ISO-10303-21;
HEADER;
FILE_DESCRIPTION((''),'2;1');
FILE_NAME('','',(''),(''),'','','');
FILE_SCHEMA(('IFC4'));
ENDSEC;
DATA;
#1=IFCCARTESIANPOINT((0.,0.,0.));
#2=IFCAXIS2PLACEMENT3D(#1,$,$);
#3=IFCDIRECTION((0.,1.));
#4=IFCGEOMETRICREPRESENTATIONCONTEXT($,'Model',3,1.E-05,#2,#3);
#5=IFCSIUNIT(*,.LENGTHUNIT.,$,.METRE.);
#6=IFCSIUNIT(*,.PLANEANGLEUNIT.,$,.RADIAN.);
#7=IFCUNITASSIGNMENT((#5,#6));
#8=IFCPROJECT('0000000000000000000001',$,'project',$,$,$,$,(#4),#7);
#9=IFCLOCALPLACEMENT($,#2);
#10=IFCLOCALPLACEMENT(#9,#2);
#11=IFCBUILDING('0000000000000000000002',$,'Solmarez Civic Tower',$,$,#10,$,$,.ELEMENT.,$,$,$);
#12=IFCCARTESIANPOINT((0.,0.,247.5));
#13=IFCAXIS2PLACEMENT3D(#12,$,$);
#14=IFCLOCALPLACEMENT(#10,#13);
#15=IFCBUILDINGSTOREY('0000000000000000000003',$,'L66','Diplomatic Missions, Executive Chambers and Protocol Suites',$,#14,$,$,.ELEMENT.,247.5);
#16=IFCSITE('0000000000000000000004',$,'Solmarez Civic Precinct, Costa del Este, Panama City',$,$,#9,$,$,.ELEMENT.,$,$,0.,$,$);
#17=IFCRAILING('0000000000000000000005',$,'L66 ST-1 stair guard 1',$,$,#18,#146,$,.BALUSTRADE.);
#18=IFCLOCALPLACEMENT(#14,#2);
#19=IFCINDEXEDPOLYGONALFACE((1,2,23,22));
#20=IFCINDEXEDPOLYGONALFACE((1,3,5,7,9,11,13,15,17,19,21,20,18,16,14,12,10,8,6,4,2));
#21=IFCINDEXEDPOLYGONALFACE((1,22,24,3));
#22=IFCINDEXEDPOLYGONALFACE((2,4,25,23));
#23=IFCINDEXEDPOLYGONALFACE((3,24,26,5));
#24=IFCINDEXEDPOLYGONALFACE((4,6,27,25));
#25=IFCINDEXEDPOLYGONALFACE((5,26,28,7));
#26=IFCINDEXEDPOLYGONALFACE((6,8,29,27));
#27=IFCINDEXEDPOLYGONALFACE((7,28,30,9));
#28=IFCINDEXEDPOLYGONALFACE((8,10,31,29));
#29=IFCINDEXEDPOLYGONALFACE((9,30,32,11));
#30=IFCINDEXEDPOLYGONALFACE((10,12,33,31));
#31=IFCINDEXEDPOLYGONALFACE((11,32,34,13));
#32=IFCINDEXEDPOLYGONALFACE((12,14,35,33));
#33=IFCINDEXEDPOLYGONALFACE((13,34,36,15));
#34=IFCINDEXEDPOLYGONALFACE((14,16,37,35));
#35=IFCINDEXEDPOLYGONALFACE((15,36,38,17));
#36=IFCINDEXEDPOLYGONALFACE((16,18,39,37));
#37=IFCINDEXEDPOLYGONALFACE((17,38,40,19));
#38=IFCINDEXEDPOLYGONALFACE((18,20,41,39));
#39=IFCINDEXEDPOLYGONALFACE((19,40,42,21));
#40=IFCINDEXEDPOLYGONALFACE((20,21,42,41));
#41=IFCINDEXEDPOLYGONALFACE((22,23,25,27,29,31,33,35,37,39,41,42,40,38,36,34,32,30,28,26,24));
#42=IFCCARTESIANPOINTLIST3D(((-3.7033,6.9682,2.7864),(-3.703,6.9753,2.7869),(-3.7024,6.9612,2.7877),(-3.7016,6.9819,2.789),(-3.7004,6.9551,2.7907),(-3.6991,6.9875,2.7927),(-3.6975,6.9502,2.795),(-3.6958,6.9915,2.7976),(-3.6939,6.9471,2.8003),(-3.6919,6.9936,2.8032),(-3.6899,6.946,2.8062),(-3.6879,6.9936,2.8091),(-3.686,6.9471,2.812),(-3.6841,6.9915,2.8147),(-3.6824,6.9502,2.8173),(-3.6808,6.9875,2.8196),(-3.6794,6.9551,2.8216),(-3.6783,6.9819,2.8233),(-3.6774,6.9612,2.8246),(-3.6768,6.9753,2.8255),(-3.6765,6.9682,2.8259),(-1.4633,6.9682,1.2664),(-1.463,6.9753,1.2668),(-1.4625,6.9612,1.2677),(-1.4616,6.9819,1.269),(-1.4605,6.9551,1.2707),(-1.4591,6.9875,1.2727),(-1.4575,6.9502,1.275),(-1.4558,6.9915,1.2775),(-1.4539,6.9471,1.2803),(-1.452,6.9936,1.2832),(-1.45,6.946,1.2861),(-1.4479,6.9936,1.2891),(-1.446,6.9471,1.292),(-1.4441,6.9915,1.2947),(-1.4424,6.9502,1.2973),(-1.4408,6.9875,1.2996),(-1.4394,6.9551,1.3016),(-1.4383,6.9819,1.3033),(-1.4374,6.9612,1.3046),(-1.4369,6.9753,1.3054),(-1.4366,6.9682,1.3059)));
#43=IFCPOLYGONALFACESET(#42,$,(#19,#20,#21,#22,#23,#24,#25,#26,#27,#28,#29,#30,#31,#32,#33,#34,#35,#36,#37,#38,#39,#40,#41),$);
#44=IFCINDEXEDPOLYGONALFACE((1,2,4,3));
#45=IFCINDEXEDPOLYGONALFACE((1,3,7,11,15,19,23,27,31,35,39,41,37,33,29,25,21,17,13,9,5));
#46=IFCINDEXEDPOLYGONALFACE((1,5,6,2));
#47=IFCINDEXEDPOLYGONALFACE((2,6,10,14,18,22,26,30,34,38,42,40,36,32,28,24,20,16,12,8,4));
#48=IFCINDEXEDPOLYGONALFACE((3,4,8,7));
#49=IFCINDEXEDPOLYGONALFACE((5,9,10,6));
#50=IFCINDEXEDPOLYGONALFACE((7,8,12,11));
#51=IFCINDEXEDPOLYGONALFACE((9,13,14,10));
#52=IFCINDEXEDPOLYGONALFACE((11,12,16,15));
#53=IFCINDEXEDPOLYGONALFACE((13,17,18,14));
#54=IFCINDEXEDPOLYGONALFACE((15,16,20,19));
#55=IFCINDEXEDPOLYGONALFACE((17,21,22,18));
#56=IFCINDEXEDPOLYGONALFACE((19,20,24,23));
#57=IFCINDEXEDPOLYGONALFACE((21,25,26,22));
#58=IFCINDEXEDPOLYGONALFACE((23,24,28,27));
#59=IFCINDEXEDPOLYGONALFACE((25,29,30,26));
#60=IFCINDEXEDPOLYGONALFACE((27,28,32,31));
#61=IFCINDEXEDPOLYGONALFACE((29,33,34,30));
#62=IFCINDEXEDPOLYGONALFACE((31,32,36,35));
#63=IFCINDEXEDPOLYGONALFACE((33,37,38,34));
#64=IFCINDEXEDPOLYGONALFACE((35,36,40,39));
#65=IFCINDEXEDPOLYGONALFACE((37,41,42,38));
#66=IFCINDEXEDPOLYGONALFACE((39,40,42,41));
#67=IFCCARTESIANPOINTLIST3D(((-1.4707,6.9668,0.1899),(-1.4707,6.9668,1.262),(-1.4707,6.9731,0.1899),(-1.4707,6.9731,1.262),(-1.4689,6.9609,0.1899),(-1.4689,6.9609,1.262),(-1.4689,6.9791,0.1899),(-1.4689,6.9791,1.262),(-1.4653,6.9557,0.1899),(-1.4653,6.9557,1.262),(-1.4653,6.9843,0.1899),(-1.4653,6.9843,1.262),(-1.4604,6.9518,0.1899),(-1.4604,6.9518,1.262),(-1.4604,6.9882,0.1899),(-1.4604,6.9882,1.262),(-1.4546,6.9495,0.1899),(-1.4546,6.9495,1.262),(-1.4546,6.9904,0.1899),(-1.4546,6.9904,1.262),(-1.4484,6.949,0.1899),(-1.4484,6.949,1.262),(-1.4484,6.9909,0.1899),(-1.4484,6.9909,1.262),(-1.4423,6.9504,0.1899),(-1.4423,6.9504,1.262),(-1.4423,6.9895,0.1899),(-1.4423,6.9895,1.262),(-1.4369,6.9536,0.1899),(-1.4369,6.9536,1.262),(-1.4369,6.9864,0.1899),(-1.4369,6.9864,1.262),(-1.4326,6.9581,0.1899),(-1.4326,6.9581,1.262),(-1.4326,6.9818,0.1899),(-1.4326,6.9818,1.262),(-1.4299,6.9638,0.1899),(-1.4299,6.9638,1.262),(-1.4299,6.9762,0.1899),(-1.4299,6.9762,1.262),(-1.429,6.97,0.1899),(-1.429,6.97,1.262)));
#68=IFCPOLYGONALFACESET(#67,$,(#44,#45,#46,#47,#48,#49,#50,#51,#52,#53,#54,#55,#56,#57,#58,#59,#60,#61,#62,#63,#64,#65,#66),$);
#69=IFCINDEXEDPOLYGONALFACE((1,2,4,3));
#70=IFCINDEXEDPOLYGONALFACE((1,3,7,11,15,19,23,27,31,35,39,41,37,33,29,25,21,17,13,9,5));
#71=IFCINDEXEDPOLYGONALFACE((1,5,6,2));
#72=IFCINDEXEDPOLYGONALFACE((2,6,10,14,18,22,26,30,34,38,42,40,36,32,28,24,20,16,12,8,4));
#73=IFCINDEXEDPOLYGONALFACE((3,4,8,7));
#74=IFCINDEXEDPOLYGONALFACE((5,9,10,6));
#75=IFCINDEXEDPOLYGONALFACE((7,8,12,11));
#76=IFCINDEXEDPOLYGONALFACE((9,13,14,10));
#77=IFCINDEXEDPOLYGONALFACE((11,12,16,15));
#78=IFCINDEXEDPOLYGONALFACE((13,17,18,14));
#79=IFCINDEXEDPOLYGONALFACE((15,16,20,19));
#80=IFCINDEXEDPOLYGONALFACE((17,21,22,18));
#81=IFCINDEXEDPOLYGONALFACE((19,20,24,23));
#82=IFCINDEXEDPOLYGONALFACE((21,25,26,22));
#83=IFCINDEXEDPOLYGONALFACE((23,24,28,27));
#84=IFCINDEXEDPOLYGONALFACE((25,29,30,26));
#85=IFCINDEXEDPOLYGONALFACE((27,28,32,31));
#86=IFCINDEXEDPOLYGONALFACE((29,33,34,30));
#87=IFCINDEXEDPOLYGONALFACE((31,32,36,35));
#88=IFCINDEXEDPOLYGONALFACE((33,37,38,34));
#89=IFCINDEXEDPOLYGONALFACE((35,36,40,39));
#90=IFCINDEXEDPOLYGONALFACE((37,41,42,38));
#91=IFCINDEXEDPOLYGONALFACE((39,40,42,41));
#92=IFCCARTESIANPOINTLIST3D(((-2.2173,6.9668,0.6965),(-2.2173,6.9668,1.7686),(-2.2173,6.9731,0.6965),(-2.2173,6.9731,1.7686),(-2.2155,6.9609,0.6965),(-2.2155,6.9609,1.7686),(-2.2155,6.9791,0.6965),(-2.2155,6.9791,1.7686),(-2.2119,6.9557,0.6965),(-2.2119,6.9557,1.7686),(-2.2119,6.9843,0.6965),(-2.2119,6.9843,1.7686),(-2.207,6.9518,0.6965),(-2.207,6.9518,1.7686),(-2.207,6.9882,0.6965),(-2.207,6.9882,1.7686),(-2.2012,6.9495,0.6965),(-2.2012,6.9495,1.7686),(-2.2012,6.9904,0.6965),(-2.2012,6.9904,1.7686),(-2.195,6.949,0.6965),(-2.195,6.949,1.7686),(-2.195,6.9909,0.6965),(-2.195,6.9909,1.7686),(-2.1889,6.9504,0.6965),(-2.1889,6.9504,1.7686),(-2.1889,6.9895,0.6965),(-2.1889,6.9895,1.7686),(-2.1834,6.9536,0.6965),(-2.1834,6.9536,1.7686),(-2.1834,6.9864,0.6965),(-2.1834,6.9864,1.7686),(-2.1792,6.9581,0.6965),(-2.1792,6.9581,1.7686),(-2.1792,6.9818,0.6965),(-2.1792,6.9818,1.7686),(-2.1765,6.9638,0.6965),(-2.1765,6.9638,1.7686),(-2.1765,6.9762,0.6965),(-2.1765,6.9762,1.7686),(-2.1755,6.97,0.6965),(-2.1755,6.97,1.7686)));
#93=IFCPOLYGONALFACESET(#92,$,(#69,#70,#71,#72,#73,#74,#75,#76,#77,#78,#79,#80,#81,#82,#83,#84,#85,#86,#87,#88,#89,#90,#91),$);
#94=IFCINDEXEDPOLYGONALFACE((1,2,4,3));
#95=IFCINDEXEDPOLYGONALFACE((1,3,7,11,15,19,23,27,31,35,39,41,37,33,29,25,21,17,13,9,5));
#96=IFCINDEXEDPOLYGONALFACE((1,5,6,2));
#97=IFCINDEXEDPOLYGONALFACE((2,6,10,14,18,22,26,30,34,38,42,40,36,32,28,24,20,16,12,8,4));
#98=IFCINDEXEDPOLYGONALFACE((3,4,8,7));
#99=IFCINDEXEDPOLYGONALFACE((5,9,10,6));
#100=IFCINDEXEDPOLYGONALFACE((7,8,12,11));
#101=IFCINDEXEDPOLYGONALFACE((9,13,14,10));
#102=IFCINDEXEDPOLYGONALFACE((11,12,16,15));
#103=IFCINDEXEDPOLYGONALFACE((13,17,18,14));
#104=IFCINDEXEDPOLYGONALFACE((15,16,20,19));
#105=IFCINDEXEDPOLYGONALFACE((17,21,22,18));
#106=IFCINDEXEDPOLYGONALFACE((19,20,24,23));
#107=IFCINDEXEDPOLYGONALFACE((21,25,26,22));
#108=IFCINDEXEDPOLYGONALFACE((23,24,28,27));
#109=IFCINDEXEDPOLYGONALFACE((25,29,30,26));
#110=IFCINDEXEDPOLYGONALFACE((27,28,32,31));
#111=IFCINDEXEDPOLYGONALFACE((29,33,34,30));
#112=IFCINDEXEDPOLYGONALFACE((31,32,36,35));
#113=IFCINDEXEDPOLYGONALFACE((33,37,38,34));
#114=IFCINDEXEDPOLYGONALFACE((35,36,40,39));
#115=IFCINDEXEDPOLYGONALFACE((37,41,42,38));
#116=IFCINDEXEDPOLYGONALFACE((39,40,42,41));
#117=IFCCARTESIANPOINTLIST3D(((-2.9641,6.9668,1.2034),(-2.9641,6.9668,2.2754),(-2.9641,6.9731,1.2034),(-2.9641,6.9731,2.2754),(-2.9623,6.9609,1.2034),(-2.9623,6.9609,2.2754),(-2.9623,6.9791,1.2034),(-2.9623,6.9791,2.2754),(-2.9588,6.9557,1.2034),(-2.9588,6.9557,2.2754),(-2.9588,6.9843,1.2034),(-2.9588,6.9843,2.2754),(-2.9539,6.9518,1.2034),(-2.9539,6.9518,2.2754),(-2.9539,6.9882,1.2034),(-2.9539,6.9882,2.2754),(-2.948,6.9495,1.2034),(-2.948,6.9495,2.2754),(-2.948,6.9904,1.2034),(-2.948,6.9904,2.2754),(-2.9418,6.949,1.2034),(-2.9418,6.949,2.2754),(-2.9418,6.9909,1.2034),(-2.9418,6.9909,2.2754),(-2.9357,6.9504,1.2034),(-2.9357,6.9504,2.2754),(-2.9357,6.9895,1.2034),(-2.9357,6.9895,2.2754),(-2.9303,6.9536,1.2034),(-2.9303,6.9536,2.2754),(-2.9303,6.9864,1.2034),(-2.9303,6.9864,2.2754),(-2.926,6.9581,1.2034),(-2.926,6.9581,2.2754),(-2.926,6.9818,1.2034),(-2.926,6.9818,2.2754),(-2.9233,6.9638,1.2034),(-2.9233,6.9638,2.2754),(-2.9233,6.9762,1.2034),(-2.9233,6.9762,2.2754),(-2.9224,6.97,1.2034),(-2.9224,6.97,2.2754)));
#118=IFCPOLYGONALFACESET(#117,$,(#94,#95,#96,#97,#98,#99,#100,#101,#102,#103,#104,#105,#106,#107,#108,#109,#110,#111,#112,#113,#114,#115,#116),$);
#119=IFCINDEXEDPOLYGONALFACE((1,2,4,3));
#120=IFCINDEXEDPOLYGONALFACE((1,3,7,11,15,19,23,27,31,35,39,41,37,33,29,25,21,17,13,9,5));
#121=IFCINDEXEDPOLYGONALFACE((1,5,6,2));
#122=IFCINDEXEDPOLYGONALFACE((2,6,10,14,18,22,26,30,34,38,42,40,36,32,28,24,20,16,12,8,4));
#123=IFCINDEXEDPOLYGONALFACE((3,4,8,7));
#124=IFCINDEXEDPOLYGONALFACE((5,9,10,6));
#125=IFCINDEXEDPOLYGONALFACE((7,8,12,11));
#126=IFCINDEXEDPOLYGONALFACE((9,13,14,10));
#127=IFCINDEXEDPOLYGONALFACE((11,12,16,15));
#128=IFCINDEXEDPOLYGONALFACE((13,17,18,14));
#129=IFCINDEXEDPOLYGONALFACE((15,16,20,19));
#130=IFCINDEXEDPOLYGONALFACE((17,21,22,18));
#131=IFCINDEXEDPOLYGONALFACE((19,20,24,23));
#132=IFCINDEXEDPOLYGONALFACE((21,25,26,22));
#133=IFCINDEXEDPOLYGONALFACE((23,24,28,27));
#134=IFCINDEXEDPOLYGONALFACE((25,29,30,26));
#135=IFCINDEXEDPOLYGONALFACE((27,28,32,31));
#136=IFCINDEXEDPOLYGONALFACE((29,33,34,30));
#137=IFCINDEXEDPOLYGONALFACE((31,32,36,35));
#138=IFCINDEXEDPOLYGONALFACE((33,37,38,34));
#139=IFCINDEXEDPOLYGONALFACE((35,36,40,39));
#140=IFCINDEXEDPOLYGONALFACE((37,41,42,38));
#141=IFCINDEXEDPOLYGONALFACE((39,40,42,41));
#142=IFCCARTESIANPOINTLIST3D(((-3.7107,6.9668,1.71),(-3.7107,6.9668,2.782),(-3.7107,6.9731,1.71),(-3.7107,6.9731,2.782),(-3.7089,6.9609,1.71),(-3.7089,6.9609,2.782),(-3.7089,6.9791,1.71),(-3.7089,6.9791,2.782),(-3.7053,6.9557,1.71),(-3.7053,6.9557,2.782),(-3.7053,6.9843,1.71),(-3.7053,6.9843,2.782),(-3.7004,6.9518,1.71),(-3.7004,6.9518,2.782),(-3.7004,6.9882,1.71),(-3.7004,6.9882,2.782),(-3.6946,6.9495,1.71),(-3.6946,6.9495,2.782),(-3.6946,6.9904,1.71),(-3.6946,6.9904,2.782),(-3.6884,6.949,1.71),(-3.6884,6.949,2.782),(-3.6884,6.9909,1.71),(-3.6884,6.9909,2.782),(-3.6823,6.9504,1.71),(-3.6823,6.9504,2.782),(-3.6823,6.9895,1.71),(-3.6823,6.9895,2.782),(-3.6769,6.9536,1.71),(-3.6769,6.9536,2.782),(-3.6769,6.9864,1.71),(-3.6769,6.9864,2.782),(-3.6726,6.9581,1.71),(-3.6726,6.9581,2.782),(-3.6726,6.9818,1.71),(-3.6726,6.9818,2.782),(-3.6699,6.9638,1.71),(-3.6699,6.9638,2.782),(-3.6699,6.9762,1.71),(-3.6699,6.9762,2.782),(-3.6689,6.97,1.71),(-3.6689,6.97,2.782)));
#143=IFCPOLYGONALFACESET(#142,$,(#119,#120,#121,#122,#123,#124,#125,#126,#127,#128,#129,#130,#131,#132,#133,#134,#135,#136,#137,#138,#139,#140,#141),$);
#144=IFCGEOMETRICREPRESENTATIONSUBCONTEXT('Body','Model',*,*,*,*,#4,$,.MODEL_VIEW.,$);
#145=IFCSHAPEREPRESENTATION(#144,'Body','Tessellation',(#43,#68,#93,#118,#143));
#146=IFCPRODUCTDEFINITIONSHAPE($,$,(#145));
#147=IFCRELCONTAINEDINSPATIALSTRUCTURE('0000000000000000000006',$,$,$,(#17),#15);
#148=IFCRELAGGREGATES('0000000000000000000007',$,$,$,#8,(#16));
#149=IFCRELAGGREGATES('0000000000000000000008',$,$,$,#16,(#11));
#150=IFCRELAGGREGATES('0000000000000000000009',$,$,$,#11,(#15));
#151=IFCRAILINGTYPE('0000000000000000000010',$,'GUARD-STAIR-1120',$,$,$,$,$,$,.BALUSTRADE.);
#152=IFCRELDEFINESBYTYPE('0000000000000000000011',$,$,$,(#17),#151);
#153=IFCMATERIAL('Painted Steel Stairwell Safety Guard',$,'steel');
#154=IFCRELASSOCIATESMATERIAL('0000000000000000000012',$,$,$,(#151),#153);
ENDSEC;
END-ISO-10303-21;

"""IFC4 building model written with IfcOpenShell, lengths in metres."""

from ifc_helpers import new_model, si_unit, direction, frame, origin, origin_2d, place, context, subcontext, project, spatial, circle, extrude, material, type_object, element, save


model = new_model("IFC4")

# Units and contexts
model_context = context("Model", 3, precision=1e-05, world=origin(), true_north=direction((0.0, 1.0)))
body_context = subcontext(model_context, "Body", "Model", "MODEL_VIEW")
ifc_project = project(units=[si_unit("LENGTHUNIT", "METRE"), si_unit("PLANEANGLEUNIT", "RADIAN")], contexts=[model_context])

# Site, building, storey
site_placement = place(None, origin())
site = spatial("IfcSite", under=ifc_project, at=site_placement, Name="Solmarez Civic Precinct, Costa del Este, Panama City", CompositionType="ELEMENT", RefElevation=0.0)
building_placement = place(site_placement, origin())
building = spatial("IfcBuilding", under=site, at=building_placement, Name="Solmarez Civic Tower", CompositionType="ELEMENT")
storey_placement = place(building_placement, frame((0.0, 0.0, 247.5)))
storey = spatial("IfcBuildingStorey", under=building, at=storey_placement, Name="L66", Description="Diplomatic Missions, Executive Chambers and Protocol Suites", CompositionType="ELEMENT", Elevation=247.5)

# Railing
ifc_material_1 = material(Name="Painted Steel Stairwell Safety Guard", Category="steel")
railing_type_1 = type_object("IfcRailingType", Name="GUARD-STAIR-1120", PredefinedType="BALUSTRADE", material=ifc_material_1)
railing_1_placement = place(storey_placement, frame((-1.45, 6.97, 0.1899)))
element("IfcRailing", 1, at=railing_1_placement, inside=storey, type_object=railing_type_1, Name="L66 ST-1 stair guard 1", PredefinedType="BALUSTRADE", context=body_context, shape_type="SweptSolid", body=[
    extrude(circle(Radius=0.0239, at=origin_2d()), frame((0.0, 0.0, 1.0962), z_axis=(-0.827471, 0.0, 0.561508), x_axis=(0.0, -1.0, 0.0)), (0.0, 0.0, 1.0), 2.707),
    extrude(circle(Radius=0.021, at=origin_2d()), origin(), (0.0, 0.0, 1.0), 1.072),
    extrude(circle(Radius=0.021, at=origin_2d()), frame((-0.7466, 0.0, 0.5066)), (0.0, 0.0, 1.0), 1.072),
    extrude(circle(Radius=0.021, at=origin_2d()), frame((-1.4934, 0.0, 1.0134)), (0.0, 0.0, 1.0), 1.072),
    extrude(circle(Radius=0.021, at=origin_2d()), frame((-2.24, 0.0, 1.52)), (0.0, 0.0, 1.0), 1.072),
])

save(model, "model.ifc")
